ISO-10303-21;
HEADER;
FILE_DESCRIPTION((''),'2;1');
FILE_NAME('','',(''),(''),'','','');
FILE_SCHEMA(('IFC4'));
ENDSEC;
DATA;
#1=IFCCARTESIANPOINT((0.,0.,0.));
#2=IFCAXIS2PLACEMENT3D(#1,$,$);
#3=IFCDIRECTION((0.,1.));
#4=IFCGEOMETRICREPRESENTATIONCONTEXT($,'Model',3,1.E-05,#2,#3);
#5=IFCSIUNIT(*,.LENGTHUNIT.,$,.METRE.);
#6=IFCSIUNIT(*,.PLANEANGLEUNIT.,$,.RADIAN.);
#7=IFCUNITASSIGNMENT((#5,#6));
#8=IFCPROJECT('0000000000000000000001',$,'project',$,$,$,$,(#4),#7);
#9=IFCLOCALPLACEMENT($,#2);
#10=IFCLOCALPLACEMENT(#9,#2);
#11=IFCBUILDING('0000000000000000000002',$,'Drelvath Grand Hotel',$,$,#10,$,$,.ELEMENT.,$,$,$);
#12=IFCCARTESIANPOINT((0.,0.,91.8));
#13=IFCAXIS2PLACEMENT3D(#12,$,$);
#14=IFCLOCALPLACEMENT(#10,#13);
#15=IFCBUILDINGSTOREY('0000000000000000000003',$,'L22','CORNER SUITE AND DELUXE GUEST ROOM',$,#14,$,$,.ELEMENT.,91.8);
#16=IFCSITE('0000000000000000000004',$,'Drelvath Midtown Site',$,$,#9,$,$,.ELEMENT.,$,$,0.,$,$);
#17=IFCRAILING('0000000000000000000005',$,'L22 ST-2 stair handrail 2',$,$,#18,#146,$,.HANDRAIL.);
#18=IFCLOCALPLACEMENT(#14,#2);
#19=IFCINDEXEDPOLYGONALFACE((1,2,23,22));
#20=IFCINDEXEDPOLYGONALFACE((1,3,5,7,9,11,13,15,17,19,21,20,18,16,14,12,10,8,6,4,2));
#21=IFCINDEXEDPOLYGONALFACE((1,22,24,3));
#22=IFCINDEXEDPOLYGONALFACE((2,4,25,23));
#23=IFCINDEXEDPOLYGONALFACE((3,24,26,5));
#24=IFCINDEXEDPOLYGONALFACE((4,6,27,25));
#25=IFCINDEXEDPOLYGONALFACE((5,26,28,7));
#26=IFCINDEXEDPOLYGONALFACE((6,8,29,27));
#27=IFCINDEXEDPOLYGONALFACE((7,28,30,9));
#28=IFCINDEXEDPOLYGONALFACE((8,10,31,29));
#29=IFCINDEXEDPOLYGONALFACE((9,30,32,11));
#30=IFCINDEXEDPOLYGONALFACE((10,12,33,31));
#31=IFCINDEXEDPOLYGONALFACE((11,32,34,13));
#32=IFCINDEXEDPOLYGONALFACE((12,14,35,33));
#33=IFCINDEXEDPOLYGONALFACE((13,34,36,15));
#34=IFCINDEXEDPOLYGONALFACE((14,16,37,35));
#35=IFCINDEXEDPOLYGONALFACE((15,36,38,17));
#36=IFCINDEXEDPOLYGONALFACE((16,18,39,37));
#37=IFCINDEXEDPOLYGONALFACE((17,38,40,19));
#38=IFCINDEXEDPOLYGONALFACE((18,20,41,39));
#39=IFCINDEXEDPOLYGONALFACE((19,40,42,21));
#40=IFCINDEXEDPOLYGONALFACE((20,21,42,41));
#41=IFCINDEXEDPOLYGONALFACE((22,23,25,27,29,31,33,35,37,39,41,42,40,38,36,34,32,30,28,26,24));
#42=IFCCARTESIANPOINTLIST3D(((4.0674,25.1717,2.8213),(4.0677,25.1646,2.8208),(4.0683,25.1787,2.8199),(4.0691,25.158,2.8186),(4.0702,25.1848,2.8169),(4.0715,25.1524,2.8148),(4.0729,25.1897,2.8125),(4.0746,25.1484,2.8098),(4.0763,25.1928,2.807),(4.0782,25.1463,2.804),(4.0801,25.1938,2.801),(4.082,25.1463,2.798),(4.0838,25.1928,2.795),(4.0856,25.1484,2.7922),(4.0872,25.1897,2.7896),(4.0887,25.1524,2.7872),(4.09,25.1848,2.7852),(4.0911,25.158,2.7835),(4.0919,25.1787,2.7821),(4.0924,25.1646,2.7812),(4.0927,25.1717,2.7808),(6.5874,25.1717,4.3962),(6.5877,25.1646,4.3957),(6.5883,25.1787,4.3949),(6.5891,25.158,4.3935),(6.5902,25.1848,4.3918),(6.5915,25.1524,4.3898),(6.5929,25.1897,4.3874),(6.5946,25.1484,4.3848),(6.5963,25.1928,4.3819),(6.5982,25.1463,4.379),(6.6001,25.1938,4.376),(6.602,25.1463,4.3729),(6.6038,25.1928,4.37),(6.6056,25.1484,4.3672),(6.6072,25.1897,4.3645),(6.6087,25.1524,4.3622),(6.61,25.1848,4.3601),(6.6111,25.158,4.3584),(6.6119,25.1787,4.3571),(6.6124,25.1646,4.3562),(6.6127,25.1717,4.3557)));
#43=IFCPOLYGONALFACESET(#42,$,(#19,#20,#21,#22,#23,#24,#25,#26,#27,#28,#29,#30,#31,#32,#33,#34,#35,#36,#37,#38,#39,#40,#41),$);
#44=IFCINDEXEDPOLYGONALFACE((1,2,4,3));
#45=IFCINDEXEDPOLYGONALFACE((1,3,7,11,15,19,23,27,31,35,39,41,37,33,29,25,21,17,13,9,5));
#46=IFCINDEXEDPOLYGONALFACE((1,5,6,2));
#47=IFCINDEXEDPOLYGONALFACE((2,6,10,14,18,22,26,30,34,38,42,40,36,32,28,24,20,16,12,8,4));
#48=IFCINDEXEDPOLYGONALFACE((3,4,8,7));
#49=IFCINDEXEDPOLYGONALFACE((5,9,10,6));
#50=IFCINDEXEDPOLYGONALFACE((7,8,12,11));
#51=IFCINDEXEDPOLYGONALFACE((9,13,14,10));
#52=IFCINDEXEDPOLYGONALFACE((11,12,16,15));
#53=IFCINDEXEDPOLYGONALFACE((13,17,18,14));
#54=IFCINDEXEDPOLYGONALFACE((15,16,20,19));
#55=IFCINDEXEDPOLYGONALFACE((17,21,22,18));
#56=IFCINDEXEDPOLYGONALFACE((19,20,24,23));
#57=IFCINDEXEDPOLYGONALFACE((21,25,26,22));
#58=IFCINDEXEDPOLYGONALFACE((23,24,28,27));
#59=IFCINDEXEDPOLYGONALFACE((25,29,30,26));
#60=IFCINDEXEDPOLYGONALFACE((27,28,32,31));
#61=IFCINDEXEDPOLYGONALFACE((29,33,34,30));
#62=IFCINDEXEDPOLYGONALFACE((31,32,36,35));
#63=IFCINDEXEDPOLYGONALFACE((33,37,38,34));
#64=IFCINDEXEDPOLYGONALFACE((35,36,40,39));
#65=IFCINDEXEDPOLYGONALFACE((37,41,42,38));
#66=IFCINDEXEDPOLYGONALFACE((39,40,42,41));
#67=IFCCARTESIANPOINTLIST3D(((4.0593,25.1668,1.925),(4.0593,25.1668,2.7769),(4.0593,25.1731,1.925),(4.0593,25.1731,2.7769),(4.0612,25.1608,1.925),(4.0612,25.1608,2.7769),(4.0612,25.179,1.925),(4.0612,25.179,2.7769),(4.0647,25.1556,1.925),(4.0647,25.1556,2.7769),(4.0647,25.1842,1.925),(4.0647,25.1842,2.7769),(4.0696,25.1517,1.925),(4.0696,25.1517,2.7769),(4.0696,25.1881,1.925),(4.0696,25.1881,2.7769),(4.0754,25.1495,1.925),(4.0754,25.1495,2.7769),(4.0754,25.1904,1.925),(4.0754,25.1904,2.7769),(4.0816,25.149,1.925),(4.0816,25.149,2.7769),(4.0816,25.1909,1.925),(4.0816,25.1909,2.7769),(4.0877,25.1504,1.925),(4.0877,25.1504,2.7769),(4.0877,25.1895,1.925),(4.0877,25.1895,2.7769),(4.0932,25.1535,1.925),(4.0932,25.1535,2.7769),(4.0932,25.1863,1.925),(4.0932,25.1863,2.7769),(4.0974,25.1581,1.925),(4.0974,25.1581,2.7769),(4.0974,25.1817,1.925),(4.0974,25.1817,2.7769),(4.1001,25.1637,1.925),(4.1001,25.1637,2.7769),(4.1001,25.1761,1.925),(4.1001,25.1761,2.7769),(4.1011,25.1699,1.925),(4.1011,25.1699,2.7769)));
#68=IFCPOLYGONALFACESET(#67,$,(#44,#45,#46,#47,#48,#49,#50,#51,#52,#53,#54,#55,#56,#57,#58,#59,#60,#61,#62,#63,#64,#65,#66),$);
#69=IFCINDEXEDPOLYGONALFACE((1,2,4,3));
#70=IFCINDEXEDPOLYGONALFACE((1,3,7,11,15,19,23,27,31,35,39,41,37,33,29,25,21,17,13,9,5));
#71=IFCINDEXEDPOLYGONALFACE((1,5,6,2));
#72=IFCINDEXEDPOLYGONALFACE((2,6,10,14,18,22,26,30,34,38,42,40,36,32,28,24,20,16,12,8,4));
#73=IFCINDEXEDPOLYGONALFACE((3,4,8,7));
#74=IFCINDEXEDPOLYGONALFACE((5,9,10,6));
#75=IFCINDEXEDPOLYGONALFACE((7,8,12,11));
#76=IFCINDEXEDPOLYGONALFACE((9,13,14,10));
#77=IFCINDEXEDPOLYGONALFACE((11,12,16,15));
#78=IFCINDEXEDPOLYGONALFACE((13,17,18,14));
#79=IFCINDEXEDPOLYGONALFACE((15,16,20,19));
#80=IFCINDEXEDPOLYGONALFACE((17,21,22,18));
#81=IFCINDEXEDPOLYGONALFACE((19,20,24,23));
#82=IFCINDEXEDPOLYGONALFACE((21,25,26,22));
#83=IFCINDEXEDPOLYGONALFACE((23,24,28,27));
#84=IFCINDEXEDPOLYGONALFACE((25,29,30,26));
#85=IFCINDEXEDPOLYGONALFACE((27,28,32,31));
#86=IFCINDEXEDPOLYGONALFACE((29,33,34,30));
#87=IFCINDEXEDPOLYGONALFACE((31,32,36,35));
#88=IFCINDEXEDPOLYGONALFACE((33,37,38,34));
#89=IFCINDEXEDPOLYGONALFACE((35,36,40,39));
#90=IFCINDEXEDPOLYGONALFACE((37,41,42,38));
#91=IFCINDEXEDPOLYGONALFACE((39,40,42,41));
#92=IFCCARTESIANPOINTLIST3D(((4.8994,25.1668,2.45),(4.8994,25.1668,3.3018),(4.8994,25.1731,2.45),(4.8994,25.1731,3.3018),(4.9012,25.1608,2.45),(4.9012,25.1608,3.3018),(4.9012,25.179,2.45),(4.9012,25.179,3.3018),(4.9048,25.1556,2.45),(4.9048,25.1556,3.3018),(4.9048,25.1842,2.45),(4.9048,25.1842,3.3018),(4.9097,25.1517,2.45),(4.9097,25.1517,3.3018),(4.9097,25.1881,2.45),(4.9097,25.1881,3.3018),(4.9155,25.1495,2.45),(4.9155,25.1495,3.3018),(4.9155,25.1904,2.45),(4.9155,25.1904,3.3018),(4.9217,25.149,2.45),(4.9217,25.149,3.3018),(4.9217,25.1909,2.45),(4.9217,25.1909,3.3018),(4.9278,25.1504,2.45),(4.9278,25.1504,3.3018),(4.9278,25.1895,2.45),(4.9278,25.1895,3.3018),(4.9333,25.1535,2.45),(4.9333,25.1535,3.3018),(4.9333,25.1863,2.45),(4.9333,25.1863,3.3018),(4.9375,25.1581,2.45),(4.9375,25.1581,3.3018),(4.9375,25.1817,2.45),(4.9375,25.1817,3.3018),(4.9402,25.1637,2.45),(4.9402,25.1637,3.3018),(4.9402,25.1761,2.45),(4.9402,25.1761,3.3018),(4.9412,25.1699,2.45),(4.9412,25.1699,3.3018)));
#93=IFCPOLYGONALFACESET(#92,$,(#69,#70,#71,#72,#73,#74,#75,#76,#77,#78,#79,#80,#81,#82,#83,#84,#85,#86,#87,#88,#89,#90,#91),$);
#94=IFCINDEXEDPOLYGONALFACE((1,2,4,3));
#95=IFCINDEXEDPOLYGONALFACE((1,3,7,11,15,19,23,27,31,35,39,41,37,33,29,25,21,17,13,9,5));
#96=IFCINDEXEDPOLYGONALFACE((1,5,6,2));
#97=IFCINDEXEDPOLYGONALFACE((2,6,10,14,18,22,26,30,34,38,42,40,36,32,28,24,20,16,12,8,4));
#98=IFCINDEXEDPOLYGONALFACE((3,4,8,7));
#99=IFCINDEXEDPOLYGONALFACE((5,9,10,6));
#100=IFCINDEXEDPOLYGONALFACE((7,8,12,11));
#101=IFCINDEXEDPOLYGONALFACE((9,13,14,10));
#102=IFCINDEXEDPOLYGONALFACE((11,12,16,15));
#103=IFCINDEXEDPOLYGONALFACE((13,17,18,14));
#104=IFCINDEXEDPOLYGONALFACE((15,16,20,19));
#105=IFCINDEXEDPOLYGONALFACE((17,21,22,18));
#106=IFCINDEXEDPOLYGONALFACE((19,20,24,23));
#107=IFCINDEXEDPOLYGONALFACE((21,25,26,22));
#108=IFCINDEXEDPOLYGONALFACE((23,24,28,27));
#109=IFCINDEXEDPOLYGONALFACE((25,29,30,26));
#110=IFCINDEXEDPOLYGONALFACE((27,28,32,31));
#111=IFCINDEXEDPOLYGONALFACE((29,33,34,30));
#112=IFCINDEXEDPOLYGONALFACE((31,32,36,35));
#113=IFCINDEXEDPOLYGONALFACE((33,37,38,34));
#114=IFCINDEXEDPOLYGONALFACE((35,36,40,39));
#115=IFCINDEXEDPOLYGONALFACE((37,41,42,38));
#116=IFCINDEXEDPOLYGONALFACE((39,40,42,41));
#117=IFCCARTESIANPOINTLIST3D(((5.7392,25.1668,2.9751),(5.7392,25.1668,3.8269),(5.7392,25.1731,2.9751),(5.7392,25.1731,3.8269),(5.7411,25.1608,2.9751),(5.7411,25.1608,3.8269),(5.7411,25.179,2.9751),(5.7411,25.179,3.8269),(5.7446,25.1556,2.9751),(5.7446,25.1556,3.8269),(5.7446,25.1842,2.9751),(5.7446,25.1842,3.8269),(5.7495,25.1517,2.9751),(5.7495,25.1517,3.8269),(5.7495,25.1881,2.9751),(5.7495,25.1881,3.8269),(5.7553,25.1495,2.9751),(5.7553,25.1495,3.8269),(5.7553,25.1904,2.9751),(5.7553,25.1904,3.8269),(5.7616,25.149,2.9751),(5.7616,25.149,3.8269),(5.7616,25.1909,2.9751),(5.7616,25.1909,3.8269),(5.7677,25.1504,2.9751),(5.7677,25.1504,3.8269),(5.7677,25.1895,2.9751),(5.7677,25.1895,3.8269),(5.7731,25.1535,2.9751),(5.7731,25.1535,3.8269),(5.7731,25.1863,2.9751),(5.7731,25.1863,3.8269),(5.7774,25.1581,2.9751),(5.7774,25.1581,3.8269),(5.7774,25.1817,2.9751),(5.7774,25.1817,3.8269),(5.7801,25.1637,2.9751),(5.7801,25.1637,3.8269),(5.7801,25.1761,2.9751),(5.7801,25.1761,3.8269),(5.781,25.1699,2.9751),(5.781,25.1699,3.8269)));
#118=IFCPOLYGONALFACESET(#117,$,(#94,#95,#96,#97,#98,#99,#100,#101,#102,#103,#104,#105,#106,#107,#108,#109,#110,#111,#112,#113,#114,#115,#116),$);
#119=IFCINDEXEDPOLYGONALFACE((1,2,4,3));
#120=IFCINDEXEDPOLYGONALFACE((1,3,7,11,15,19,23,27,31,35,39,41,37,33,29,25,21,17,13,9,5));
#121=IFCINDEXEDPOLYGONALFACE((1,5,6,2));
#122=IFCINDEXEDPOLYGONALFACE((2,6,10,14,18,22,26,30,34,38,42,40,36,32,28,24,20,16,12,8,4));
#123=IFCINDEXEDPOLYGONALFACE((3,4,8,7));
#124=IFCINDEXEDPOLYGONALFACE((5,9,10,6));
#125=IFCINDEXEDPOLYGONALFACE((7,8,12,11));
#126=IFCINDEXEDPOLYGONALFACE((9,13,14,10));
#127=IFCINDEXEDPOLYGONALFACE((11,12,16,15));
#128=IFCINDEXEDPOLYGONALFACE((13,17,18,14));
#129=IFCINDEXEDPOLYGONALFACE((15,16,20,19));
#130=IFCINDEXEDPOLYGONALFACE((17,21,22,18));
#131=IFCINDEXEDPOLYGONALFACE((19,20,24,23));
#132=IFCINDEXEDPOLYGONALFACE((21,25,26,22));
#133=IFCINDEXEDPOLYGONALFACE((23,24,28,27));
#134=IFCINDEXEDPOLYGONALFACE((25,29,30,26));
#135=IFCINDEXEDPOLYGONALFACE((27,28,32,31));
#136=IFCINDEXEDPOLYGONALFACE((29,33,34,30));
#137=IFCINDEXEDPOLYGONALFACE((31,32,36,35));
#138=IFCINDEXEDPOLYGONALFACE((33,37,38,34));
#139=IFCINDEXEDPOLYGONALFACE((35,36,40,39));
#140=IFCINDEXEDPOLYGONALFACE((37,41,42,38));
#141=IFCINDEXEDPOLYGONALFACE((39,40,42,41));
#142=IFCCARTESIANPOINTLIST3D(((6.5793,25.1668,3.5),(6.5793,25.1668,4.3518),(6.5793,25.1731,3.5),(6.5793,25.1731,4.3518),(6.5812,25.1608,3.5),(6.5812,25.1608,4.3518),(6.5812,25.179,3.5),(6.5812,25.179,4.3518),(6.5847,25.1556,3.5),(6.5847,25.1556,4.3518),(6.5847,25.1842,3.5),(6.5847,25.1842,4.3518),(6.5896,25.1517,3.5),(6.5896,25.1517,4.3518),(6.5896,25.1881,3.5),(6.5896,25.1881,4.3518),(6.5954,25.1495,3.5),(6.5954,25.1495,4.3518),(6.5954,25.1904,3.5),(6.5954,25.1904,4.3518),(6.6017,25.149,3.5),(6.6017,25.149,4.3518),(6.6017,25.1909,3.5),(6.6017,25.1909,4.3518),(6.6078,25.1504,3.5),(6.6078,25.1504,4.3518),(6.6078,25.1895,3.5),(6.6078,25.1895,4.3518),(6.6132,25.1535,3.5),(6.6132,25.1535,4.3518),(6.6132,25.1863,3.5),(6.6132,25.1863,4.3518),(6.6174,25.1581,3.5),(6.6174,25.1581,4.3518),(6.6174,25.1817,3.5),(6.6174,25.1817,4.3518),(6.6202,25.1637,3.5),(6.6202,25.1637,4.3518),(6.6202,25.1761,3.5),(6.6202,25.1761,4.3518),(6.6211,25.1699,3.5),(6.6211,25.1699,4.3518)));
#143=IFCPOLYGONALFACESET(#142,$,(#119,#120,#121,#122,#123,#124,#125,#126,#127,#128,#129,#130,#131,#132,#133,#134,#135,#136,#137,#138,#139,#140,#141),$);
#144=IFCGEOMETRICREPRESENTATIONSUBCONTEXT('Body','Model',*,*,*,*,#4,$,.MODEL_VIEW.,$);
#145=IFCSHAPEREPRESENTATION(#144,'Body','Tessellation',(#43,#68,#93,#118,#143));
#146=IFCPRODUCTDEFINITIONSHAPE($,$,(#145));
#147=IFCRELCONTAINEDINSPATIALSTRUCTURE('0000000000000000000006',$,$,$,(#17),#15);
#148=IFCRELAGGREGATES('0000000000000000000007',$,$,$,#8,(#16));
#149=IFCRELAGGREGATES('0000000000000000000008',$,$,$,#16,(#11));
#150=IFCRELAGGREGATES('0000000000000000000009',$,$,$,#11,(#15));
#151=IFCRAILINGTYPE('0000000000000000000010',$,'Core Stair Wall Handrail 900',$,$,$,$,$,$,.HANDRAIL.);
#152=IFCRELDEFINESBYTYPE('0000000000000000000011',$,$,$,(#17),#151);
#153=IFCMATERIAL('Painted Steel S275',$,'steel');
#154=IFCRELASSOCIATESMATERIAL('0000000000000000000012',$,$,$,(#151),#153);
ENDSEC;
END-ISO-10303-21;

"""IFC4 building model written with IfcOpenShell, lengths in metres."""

from ifc_helpers import new_model, si_unit, direction, frame, origin, origin_2d, place, context, subcontext, project, spatial, circle, extrude, material, type_object, element, save


model = new_model("IFC4")

# Units and contexts
model_context = context("Model", 3, precision=1e-05, world=origin(), true_north=direction((0.0, 1.0)))
body_context = subcontext(model_context, "Body", "Model", "MODEL_VIEW")
ifc_project = project(units=[si_unit("LENGTHUNIT", "METRE"), si_unit("PLANEANGLEUNIT", "RADIAN")], contexts=[model_context])

# Site, building, storey
site_placement = place(None, origin())
site = spatial("IfcSite", under=ifc_project, at=site_placement, Name="Drelvath Midtown Site", CompositionType="ELEMENT", RefElevation=0.0)
building_placement = place(site_placement, origin())
building = spatial("IfcBuilding", under=site, at=building_placement, Name="Drelvath Grand Hotel", CompositionType="ELEMENT")
storey_placement = place(building_placement, frame((0.0, 0.0, 91.8)))
storey = spatial("IfcBuildingStorey", under=building, at=storey_placement, Name="L22", Description="CORNER SUITE AND DELUXE GUEST ROOM", CompositionType="ELEMENT", Elevation=91.8)

# Railing
ifc_material_1 = material(Name="Painted Steel S275", Category="steel")
railing_type_1 = type_object("IfcRailingType", Name="Core Stair Wall Handrail 900", PredefinedType="HANDRAIL", material=ifc_material_1)
railing_1_placement = place(storey_placement, frame((4.0801, 25.1699, 1.925)))
element("IfcRailing", 1, at=railing_1_placement, inside=storey, type_object=railing_type_1, Name="L22 ST-2 stair handrail 2", PredefinedType="HANDRAIL", context=body_context, shape_type="SweptSolid", body=[
    extrude(circle(Radius=0.0239, at=origin_2d()), frame((0.0, 0.0, 0.876), z_axis=(0.848008, 0.0, 0.529984), x_axis=(0.0, 1.0, 0.0)), (0.0, 0.0, 1.0), 2.9717),
    extrude(circle(Radius=0.021, at=origin_2d()), origin(), (0.0, 0.0, 1.0), 0.8518),
    extrude(circle(Radius=0.021, at=origin_2d()), frame((0.8401, 0.0, 0.5249)), (0.0, 0.0, 1.0), 0.8518),
    extrude(circle(Radius=0.021, at=origin_2d()), frame((1.6799, 0.0, 1.05)), (0.0, 0.0, 1.0), 0.8518),
    extrude(circle(Radius=0.021, at=origin_2d()), frame((2.52, 0.0, 1.575)), (0.0, 0.0, 1.0), 0.8518),
])

save(model, "model.ifc")
